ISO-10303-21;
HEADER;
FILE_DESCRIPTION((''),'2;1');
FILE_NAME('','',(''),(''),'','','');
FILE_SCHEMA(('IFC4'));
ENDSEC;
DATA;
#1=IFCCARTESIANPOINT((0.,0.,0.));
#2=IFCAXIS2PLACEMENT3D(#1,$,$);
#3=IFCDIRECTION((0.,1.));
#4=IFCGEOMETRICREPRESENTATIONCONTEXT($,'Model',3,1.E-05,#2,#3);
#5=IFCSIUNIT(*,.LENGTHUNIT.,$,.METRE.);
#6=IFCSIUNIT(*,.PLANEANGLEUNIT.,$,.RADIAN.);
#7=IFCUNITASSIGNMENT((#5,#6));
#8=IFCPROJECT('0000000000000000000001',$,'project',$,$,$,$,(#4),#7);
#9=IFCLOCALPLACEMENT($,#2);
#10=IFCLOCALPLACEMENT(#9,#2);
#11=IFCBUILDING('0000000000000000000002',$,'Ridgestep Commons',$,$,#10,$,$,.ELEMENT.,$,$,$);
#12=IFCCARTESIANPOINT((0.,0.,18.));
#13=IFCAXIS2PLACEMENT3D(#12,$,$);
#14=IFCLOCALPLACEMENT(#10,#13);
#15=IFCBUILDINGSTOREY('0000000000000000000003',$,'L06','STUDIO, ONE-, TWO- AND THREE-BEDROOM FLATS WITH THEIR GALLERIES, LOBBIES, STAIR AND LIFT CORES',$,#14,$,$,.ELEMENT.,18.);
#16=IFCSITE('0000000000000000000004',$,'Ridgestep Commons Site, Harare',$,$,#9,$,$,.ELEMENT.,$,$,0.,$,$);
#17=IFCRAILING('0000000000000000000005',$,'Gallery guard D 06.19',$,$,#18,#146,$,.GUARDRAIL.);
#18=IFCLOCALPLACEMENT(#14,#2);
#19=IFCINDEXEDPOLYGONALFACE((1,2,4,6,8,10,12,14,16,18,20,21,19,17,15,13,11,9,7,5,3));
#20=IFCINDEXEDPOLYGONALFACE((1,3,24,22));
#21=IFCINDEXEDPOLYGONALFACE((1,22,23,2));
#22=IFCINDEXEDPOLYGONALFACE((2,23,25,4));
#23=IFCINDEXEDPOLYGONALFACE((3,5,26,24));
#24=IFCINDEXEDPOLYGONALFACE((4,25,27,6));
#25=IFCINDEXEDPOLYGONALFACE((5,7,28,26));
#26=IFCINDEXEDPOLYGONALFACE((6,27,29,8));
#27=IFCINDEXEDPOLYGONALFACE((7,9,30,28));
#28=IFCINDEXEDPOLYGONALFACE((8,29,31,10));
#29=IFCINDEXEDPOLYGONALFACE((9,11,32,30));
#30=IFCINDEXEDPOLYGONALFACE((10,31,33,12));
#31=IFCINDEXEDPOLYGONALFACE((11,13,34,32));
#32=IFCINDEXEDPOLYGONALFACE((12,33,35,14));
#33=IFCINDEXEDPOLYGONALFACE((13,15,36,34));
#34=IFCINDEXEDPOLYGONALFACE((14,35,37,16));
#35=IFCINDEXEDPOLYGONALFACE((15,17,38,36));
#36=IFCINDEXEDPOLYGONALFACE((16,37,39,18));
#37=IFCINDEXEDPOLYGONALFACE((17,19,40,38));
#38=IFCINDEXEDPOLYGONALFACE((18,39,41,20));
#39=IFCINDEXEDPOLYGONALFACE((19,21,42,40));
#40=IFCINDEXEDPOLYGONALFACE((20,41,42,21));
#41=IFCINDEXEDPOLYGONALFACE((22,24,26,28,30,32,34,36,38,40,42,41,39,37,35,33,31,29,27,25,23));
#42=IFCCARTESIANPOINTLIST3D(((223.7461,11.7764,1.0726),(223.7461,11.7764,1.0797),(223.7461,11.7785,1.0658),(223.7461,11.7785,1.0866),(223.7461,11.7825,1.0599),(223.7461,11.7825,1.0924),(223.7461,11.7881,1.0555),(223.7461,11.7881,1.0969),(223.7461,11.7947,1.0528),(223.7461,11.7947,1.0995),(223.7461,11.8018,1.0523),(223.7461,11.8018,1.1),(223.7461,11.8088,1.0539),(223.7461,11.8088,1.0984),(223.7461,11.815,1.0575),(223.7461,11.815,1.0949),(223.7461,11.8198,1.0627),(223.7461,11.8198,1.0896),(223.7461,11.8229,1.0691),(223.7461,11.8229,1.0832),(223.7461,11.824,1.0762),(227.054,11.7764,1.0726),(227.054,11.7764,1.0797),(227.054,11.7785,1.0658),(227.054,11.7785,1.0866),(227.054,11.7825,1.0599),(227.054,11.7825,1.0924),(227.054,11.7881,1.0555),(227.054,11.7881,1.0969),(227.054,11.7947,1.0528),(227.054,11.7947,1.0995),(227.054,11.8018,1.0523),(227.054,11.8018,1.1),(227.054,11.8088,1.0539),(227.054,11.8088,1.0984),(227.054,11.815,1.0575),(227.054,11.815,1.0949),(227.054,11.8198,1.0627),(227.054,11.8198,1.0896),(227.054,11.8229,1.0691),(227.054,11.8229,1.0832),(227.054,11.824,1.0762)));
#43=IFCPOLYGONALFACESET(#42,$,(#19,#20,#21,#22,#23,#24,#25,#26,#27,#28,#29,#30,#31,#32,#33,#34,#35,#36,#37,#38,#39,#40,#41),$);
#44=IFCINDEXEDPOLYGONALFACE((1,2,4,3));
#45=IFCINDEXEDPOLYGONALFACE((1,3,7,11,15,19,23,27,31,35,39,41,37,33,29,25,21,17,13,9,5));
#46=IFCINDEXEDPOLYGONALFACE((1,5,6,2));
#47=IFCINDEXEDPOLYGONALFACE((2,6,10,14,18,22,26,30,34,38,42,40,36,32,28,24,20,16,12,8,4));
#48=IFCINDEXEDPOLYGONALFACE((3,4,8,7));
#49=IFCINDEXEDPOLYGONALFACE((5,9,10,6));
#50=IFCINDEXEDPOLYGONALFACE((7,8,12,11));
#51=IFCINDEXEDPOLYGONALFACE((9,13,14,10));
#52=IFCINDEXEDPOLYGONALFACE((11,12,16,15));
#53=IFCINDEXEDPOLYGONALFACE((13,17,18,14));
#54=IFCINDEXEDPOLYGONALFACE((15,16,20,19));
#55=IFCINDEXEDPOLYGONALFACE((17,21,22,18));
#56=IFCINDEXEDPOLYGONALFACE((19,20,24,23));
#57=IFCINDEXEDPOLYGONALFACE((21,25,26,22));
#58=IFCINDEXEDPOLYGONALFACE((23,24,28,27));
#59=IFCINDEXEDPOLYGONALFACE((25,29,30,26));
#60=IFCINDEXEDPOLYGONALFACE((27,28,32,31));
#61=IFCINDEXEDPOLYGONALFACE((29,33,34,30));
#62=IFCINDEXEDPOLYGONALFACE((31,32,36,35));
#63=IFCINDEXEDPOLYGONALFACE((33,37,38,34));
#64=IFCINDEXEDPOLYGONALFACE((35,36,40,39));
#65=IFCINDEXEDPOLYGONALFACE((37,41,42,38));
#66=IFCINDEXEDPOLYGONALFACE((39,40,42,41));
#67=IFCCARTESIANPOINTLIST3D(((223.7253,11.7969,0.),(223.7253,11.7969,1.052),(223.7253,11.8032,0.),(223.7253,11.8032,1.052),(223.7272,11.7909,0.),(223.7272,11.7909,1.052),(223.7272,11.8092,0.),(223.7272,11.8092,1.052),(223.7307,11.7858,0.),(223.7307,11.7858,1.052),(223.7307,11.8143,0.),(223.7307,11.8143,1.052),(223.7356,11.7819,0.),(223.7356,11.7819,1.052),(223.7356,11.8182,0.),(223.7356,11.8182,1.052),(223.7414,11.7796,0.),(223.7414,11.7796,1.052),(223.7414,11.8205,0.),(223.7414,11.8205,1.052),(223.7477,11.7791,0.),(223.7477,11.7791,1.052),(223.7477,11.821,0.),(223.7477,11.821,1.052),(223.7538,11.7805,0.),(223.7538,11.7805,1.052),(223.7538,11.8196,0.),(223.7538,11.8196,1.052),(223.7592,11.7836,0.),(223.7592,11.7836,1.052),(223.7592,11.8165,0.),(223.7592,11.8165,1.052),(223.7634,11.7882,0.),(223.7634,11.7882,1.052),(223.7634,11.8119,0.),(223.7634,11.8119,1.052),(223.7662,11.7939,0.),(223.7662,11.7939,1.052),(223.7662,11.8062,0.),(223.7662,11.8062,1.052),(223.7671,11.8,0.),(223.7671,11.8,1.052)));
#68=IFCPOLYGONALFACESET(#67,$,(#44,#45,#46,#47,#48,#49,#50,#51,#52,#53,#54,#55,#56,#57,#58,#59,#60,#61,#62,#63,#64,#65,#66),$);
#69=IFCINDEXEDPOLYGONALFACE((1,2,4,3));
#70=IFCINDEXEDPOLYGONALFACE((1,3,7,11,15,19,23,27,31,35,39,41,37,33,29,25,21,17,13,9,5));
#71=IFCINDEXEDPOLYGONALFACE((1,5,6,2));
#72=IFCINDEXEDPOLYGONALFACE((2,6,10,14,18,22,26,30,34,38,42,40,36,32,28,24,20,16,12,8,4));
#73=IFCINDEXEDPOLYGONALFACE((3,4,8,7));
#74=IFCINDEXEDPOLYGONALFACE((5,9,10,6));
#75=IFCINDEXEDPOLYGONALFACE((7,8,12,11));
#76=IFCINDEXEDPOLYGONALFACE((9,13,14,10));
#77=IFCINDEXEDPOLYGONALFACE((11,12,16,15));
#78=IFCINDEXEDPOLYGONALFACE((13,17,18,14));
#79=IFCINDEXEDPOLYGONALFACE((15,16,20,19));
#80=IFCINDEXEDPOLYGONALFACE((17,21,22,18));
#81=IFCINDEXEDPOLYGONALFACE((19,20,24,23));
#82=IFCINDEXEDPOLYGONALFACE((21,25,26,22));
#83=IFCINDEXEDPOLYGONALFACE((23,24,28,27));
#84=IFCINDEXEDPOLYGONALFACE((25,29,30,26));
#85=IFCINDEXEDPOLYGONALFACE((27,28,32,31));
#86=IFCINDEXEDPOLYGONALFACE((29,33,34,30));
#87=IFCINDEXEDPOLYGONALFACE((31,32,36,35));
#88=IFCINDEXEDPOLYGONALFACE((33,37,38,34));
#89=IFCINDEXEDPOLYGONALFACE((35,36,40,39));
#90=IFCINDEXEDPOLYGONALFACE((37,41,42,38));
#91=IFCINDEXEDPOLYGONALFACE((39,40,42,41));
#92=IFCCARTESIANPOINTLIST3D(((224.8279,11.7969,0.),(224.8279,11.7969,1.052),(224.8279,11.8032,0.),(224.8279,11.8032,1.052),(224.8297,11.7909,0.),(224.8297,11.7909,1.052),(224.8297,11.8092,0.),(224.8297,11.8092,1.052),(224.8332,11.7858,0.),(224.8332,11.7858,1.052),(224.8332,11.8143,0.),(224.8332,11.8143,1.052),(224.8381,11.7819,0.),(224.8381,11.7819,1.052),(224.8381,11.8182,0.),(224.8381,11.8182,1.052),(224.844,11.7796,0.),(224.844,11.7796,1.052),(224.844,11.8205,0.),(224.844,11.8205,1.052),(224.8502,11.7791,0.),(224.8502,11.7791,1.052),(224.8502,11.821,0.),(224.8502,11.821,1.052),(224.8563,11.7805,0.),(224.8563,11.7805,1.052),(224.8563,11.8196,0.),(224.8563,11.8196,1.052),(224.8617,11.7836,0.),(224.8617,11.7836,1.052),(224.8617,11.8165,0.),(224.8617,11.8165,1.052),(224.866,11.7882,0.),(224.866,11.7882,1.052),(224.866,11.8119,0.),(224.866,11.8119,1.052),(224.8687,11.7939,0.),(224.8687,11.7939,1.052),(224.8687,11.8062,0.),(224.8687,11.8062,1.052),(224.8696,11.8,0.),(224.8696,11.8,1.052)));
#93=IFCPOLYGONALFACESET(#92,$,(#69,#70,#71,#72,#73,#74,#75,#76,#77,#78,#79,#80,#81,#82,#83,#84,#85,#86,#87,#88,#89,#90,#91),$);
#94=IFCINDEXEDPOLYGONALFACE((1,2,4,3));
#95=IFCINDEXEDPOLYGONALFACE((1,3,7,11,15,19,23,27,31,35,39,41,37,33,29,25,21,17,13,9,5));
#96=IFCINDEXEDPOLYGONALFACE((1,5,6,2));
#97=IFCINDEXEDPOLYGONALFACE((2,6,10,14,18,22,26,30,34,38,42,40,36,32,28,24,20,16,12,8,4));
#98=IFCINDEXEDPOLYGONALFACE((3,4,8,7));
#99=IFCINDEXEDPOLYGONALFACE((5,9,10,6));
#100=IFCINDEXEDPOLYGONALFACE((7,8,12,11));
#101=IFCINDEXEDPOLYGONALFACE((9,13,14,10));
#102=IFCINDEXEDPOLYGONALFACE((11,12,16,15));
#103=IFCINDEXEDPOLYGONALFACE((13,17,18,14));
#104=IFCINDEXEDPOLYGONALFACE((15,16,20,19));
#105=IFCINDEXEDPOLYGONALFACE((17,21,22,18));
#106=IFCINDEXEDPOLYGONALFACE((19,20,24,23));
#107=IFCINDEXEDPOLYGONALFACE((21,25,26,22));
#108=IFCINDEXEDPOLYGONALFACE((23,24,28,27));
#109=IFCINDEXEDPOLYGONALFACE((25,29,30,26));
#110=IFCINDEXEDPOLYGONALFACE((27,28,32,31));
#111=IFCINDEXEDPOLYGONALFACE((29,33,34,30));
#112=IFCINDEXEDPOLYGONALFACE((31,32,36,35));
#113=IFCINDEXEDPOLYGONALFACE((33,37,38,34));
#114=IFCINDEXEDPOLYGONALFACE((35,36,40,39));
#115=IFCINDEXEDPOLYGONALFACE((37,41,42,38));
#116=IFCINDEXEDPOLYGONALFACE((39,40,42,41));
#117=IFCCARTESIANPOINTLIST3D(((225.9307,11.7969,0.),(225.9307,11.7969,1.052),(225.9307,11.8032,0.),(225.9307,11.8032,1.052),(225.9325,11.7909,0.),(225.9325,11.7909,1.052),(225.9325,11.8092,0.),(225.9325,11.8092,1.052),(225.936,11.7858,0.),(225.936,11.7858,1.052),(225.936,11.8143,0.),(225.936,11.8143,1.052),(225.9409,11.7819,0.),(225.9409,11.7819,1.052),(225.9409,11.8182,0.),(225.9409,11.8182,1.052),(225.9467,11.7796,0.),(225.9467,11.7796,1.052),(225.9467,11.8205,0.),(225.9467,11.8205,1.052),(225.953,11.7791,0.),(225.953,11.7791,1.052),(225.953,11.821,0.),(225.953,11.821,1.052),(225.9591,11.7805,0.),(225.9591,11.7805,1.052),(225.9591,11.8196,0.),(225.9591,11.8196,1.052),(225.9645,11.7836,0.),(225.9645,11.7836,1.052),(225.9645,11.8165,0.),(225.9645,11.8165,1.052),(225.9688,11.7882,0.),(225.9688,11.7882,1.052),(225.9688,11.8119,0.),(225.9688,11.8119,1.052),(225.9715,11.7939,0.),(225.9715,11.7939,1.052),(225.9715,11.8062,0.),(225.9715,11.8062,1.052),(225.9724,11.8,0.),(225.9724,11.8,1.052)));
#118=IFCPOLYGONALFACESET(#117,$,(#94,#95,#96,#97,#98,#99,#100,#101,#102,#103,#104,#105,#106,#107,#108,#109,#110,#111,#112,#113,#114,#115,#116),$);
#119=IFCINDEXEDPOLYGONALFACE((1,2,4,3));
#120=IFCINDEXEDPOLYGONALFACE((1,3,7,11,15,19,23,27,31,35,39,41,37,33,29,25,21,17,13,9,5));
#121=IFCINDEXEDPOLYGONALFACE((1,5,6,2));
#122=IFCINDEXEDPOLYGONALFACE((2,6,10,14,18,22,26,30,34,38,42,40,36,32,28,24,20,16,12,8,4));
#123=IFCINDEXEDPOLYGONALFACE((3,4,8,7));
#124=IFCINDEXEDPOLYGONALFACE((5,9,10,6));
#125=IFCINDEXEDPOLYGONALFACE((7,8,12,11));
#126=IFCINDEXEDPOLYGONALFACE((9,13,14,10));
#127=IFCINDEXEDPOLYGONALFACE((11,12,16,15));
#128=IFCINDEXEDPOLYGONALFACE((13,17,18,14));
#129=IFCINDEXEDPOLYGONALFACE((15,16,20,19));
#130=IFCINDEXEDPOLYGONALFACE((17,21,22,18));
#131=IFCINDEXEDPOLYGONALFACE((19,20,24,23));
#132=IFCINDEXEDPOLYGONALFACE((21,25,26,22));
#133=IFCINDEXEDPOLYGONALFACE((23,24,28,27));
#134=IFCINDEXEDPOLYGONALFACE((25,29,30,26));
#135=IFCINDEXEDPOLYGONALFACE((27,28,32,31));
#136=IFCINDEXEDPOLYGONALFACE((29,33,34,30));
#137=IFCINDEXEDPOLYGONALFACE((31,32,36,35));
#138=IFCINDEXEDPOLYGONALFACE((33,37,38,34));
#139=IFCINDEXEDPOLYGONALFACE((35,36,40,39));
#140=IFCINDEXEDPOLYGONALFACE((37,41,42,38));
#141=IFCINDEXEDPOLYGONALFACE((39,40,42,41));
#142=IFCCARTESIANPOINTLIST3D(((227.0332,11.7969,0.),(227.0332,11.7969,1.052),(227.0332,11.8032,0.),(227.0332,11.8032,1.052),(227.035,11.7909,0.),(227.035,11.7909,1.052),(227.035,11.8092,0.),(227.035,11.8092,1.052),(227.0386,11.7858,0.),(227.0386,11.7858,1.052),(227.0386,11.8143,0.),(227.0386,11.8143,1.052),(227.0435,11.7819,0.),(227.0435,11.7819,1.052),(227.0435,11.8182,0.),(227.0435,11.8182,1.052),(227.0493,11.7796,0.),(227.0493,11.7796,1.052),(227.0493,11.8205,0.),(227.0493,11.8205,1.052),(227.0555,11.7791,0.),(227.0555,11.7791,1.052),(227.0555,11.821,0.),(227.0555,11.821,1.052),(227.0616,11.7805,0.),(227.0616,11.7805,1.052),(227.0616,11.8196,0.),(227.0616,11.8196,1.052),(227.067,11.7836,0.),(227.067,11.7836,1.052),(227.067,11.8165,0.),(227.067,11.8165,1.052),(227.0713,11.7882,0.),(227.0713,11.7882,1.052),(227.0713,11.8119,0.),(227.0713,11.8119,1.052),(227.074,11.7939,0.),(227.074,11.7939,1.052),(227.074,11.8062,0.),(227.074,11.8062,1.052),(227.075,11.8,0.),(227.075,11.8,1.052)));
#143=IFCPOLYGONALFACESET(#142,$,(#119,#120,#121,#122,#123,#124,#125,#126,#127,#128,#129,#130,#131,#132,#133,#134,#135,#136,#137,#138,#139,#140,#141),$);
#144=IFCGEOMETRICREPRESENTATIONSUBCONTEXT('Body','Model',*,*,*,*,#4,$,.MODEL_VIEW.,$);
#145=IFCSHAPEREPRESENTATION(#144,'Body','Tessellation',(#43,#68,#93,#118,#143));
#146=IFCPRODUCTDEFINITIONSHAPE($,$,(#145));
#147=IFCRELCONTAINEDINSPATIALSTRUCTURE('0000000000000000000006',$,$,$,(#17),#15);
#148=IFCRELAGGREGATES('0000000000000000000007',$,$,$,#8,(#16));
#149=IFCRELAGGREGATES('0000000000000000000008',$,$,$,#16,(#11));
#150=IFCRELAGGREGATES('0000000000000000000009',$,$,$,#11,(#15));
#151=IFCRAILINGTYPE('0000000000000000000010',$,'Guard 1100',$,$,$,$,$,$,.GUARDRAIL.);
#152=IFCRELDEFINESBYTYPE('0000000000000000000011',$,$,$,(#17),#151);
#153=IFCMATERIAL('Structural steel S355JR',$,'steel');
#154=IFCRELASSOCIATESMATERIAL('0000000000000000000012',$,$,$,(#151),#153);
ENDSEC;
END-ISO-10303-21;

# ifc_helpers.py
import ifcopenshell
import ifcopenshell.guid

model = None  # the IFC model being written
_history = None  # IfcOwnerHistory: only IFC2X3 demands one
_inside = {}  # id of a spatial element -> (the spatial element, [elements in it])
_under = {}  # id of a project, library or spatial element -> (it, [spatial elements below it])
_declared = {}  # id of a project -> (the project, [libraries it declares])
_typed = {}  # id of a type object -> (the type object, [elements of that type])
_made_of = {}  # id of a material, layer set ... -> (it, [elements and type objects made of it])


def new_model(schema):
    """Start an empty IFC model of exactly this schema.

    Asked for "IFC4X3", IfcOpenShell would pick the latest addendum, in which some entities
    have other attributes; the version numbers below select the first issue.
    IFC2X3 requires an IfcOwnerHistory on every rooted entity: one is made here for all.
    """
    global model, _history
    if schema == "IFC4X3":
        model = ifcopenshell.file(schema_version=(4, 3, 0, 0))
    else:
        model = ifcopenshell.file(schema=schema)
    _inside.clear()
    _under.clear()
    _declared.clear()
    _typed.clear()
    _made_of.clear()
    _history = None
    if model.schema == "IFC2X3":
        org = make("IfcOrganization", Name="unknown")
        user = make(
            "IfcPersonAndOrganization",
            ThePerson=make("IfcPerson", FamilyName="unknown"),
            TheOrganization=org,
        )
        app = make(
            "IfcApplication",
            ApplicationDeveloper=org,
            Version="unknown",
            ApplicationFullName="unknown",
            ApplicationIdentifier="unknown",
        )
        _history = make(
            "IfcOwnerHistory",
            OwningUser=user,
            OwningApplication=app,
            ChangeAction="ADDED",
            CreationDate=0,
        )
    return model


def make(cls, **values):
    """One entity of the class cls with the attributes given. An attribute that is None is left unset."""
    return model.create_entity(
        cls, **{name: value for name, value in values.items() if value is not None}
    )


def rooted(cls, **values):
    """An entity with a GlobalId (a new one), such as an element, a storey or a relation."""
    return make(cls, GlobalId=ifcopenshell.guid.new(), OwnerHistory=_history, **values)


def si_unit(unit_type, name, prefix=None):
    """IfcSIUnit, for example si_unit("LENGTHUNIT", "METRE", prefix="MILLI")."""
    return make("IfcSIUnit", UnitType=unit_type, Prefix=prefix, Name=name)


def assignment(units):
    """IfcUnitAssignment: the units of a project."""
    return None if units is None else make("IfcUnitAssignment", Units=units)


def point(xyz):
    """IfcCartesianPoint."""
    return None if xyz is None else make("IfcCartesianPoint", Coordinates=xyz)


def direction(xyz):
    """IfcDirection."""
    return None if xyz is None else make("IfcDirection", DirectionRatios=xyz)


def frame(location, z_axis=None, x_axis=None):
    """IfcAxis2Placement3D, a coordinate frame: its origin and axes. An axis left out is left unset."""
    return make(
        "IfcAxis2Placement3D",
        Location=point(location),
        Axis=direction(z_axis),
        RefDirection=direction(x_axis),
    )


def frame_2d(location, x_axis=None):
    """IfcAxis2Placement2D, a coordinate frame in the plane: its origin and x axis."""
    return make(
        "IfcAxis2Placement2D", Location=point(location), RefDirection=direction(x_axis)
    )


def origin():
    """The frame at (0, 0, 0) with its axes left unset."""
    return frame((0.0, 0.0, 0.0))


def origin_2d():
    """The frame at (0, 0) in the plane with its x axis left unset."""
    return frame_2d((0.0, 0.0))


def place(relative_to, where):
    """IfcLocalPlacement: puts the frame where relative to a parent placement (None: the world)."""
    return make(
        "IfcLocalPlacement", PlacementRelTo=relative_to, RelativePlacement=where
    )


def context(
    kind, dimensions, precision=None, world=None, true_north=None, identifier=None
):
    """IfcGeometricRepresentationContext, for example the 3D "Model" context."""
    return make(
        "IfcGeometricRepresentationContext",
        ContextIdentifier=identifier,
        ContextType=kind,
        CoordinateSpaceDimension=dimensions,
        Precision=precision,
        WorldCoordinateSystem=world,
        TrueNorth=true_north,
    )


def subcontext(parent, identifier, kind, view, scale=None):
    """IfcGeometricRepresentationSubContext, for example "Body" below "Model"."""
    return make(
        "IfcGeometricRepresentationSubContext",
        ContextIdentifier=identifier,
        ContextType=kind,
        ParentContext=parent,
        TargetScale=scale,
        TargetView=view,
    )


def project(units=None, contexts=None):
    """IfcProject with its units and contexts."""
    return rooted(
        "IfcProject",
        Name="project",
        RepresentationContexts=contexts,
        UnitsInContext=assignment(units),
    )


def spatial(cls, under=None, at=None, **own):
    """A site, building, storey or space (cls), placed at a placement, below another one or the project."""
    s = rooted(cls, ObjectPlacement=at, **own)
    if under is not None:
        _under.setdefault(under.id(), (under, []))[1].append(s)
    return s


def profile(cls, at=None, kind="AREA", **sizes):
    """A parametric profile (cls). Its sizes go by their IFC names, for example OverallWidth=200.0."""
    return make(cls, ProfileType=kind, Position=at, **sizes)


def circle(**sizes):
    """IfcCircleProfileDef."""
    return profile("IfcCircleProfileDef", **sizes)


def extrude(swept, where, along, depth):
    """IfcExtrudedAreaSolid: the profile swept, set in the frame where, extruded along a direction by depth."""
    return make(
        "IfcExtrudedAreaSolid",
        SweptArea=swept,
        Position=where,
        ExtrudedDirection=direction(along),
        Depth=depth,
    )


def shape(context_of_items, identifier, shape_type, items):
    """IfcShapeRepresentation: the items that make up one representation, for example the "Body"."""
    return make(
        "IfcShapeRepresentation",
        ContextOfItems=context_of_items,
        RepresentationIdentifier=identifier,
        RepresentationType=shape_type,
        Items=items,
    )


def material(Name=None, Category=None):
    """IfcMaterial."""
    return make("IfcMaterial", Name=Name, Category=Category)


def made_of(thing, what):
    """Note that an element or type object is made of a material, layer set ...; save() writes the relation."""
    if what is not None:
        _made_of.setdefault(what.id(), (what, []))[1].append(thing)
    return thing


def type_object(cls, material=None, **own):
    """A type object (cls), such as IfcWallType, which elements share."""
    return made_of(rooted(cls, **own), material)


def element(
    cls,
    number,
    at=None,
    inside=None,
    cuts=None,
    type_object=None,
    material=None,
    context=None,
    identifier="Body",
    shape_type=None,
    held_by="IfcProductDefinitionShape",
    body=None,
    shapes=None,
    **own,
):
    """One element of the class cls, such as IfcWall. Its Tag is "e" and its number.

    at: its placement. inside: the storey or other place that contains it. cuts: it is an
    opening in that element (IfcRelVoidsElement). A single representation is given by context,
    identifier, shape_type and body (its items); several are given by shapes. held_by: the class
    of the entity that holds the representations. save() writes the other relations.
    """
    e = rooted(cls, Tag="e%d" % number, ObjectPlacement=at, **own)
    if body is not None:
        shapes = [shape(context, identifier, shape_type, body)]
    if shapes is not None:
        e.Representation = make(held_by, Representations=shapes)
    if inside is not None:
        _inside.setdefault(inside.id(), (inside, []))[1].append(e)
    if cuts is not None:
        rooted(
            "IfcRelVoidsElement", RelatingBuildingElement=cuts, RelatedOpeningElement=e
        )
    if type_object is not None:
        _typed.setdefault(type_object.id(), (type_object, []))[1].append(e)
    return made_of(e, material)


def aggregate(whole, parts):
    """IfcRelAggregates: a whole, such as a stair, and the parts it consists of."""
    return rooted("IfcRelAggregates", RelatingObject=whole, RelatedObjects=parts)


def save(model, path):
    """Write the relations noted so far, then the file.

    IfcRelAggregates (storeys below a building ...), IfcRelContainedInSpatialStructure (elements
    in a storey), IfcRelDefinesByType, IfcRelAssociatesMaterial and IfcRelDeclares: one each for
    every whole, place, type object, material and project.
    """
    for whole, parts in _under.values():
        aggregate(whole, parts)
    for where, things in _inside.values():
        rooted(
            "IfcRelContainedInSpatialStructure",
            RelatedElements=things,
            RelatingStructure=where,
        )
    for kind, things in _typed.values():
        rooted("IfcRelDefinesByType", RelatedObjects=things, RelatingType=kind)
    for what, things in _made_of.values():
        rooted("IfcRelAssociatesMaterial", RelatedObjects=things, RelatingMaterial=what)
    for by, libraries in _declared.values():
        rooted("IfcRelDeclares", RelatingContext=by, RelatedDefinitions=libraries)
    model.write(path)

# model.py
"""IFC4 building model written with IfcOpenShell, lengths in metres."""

from ifc_helpers import new_model, si_unit, direction, frame, origin, origin_2d, place, context, subcontext, project, spatial, circle, extrude, material, type_object, element, save


model = new_model("IFC4")

# Units and contexts
model_context = context("Model", 3, precision=1e-05, world=origin(), true_north=direction((0.0, 1.0)))
body_context = subcontext(model_context, "Body", "Model", "MODEL_VIEW")
ifc_project = project(units=[si_unit("LENGTHUNIT", "METRE"), si_unit("PLANEANGLEUNIT", "RADIAN")], contexts=[model_context])

# Site, building, storey
site_placement = place(None, origin())
site = spatial("IfcSite", under=ifc_project, at=site_placement, Name="Ridgestep Commons Site, Harare", CompositionType="ELEMENT", RefElevation=0.0)
building_placement = place(site_placement, origin())
building = spatial("IfcBuilding", under=site, at=building_placement, Name="Ridgestep Commons", CompositionType="ELEMENT")
storey_placement = place(building_placement, frame((0.0, 0.0, 18.0)))
storey = spatial("IfcBuildingStorey", under=building, at=storey_placement, Name="L06", Description="STUDIO, ONE-, TWO- AND THREE-BEDROOM FLATS WITH THEIR GALLERIES, LOBBIES, STAIR AND LIFT CORES", CompositionType="ELEMENT", Elevation=18.0)

# Railing
ifc_material_1 = material(Name="Structural steel S355JR", Category="steel")
railing_type = type_object("IfcRailingType", Name="Guard 1100", PredefinedType="GUARDRAIL", material=ifc_material_1)
railing_1_placement = place(storey_placement, frame((223.7461, 11.8, 0.0)))
element("IfcRailing", 1, at=railing_1_placement, inside=storey, type_object=railing_type, Name="Gallery guard D 06.19", PredefinedType="GUARDRAIL", context=body_context, shape_type="SweptSolid", body=[
    extrude(circle(Radius=0.0239, at=origin_2d()), frame((0.0, 0.0, 1.0762), z_axis=(1.0, 0.0, 0.0), x_axis=(0.0, 1.0, 0.0)), (0.0, 0.0, 1.0), 3.3079),
    extrude(circle(Radius=0.021, at=origin_2d()), origin(), (0.0, 0.0, 1.0), 1.052),
    extrude(circle(Radius=0.021, at=origin_2d()), frame((1.1025, 0.0, 0.0)), (0.0, 0.0, 1.0), 1.052),
    extrude(circle(Radius=0.021, at=origin_2d()), frame((2.2053, 0.0, 0.0)), (0.0, 0.0, 1.0), 1.052),
    extrude(circle(Radius=0.021, at=origin_2d()), frame((3.3079, 0.0, 0.0)), (0.0, 0.0, 1.0), 1.052),
])

save(model, "model.ifc")
